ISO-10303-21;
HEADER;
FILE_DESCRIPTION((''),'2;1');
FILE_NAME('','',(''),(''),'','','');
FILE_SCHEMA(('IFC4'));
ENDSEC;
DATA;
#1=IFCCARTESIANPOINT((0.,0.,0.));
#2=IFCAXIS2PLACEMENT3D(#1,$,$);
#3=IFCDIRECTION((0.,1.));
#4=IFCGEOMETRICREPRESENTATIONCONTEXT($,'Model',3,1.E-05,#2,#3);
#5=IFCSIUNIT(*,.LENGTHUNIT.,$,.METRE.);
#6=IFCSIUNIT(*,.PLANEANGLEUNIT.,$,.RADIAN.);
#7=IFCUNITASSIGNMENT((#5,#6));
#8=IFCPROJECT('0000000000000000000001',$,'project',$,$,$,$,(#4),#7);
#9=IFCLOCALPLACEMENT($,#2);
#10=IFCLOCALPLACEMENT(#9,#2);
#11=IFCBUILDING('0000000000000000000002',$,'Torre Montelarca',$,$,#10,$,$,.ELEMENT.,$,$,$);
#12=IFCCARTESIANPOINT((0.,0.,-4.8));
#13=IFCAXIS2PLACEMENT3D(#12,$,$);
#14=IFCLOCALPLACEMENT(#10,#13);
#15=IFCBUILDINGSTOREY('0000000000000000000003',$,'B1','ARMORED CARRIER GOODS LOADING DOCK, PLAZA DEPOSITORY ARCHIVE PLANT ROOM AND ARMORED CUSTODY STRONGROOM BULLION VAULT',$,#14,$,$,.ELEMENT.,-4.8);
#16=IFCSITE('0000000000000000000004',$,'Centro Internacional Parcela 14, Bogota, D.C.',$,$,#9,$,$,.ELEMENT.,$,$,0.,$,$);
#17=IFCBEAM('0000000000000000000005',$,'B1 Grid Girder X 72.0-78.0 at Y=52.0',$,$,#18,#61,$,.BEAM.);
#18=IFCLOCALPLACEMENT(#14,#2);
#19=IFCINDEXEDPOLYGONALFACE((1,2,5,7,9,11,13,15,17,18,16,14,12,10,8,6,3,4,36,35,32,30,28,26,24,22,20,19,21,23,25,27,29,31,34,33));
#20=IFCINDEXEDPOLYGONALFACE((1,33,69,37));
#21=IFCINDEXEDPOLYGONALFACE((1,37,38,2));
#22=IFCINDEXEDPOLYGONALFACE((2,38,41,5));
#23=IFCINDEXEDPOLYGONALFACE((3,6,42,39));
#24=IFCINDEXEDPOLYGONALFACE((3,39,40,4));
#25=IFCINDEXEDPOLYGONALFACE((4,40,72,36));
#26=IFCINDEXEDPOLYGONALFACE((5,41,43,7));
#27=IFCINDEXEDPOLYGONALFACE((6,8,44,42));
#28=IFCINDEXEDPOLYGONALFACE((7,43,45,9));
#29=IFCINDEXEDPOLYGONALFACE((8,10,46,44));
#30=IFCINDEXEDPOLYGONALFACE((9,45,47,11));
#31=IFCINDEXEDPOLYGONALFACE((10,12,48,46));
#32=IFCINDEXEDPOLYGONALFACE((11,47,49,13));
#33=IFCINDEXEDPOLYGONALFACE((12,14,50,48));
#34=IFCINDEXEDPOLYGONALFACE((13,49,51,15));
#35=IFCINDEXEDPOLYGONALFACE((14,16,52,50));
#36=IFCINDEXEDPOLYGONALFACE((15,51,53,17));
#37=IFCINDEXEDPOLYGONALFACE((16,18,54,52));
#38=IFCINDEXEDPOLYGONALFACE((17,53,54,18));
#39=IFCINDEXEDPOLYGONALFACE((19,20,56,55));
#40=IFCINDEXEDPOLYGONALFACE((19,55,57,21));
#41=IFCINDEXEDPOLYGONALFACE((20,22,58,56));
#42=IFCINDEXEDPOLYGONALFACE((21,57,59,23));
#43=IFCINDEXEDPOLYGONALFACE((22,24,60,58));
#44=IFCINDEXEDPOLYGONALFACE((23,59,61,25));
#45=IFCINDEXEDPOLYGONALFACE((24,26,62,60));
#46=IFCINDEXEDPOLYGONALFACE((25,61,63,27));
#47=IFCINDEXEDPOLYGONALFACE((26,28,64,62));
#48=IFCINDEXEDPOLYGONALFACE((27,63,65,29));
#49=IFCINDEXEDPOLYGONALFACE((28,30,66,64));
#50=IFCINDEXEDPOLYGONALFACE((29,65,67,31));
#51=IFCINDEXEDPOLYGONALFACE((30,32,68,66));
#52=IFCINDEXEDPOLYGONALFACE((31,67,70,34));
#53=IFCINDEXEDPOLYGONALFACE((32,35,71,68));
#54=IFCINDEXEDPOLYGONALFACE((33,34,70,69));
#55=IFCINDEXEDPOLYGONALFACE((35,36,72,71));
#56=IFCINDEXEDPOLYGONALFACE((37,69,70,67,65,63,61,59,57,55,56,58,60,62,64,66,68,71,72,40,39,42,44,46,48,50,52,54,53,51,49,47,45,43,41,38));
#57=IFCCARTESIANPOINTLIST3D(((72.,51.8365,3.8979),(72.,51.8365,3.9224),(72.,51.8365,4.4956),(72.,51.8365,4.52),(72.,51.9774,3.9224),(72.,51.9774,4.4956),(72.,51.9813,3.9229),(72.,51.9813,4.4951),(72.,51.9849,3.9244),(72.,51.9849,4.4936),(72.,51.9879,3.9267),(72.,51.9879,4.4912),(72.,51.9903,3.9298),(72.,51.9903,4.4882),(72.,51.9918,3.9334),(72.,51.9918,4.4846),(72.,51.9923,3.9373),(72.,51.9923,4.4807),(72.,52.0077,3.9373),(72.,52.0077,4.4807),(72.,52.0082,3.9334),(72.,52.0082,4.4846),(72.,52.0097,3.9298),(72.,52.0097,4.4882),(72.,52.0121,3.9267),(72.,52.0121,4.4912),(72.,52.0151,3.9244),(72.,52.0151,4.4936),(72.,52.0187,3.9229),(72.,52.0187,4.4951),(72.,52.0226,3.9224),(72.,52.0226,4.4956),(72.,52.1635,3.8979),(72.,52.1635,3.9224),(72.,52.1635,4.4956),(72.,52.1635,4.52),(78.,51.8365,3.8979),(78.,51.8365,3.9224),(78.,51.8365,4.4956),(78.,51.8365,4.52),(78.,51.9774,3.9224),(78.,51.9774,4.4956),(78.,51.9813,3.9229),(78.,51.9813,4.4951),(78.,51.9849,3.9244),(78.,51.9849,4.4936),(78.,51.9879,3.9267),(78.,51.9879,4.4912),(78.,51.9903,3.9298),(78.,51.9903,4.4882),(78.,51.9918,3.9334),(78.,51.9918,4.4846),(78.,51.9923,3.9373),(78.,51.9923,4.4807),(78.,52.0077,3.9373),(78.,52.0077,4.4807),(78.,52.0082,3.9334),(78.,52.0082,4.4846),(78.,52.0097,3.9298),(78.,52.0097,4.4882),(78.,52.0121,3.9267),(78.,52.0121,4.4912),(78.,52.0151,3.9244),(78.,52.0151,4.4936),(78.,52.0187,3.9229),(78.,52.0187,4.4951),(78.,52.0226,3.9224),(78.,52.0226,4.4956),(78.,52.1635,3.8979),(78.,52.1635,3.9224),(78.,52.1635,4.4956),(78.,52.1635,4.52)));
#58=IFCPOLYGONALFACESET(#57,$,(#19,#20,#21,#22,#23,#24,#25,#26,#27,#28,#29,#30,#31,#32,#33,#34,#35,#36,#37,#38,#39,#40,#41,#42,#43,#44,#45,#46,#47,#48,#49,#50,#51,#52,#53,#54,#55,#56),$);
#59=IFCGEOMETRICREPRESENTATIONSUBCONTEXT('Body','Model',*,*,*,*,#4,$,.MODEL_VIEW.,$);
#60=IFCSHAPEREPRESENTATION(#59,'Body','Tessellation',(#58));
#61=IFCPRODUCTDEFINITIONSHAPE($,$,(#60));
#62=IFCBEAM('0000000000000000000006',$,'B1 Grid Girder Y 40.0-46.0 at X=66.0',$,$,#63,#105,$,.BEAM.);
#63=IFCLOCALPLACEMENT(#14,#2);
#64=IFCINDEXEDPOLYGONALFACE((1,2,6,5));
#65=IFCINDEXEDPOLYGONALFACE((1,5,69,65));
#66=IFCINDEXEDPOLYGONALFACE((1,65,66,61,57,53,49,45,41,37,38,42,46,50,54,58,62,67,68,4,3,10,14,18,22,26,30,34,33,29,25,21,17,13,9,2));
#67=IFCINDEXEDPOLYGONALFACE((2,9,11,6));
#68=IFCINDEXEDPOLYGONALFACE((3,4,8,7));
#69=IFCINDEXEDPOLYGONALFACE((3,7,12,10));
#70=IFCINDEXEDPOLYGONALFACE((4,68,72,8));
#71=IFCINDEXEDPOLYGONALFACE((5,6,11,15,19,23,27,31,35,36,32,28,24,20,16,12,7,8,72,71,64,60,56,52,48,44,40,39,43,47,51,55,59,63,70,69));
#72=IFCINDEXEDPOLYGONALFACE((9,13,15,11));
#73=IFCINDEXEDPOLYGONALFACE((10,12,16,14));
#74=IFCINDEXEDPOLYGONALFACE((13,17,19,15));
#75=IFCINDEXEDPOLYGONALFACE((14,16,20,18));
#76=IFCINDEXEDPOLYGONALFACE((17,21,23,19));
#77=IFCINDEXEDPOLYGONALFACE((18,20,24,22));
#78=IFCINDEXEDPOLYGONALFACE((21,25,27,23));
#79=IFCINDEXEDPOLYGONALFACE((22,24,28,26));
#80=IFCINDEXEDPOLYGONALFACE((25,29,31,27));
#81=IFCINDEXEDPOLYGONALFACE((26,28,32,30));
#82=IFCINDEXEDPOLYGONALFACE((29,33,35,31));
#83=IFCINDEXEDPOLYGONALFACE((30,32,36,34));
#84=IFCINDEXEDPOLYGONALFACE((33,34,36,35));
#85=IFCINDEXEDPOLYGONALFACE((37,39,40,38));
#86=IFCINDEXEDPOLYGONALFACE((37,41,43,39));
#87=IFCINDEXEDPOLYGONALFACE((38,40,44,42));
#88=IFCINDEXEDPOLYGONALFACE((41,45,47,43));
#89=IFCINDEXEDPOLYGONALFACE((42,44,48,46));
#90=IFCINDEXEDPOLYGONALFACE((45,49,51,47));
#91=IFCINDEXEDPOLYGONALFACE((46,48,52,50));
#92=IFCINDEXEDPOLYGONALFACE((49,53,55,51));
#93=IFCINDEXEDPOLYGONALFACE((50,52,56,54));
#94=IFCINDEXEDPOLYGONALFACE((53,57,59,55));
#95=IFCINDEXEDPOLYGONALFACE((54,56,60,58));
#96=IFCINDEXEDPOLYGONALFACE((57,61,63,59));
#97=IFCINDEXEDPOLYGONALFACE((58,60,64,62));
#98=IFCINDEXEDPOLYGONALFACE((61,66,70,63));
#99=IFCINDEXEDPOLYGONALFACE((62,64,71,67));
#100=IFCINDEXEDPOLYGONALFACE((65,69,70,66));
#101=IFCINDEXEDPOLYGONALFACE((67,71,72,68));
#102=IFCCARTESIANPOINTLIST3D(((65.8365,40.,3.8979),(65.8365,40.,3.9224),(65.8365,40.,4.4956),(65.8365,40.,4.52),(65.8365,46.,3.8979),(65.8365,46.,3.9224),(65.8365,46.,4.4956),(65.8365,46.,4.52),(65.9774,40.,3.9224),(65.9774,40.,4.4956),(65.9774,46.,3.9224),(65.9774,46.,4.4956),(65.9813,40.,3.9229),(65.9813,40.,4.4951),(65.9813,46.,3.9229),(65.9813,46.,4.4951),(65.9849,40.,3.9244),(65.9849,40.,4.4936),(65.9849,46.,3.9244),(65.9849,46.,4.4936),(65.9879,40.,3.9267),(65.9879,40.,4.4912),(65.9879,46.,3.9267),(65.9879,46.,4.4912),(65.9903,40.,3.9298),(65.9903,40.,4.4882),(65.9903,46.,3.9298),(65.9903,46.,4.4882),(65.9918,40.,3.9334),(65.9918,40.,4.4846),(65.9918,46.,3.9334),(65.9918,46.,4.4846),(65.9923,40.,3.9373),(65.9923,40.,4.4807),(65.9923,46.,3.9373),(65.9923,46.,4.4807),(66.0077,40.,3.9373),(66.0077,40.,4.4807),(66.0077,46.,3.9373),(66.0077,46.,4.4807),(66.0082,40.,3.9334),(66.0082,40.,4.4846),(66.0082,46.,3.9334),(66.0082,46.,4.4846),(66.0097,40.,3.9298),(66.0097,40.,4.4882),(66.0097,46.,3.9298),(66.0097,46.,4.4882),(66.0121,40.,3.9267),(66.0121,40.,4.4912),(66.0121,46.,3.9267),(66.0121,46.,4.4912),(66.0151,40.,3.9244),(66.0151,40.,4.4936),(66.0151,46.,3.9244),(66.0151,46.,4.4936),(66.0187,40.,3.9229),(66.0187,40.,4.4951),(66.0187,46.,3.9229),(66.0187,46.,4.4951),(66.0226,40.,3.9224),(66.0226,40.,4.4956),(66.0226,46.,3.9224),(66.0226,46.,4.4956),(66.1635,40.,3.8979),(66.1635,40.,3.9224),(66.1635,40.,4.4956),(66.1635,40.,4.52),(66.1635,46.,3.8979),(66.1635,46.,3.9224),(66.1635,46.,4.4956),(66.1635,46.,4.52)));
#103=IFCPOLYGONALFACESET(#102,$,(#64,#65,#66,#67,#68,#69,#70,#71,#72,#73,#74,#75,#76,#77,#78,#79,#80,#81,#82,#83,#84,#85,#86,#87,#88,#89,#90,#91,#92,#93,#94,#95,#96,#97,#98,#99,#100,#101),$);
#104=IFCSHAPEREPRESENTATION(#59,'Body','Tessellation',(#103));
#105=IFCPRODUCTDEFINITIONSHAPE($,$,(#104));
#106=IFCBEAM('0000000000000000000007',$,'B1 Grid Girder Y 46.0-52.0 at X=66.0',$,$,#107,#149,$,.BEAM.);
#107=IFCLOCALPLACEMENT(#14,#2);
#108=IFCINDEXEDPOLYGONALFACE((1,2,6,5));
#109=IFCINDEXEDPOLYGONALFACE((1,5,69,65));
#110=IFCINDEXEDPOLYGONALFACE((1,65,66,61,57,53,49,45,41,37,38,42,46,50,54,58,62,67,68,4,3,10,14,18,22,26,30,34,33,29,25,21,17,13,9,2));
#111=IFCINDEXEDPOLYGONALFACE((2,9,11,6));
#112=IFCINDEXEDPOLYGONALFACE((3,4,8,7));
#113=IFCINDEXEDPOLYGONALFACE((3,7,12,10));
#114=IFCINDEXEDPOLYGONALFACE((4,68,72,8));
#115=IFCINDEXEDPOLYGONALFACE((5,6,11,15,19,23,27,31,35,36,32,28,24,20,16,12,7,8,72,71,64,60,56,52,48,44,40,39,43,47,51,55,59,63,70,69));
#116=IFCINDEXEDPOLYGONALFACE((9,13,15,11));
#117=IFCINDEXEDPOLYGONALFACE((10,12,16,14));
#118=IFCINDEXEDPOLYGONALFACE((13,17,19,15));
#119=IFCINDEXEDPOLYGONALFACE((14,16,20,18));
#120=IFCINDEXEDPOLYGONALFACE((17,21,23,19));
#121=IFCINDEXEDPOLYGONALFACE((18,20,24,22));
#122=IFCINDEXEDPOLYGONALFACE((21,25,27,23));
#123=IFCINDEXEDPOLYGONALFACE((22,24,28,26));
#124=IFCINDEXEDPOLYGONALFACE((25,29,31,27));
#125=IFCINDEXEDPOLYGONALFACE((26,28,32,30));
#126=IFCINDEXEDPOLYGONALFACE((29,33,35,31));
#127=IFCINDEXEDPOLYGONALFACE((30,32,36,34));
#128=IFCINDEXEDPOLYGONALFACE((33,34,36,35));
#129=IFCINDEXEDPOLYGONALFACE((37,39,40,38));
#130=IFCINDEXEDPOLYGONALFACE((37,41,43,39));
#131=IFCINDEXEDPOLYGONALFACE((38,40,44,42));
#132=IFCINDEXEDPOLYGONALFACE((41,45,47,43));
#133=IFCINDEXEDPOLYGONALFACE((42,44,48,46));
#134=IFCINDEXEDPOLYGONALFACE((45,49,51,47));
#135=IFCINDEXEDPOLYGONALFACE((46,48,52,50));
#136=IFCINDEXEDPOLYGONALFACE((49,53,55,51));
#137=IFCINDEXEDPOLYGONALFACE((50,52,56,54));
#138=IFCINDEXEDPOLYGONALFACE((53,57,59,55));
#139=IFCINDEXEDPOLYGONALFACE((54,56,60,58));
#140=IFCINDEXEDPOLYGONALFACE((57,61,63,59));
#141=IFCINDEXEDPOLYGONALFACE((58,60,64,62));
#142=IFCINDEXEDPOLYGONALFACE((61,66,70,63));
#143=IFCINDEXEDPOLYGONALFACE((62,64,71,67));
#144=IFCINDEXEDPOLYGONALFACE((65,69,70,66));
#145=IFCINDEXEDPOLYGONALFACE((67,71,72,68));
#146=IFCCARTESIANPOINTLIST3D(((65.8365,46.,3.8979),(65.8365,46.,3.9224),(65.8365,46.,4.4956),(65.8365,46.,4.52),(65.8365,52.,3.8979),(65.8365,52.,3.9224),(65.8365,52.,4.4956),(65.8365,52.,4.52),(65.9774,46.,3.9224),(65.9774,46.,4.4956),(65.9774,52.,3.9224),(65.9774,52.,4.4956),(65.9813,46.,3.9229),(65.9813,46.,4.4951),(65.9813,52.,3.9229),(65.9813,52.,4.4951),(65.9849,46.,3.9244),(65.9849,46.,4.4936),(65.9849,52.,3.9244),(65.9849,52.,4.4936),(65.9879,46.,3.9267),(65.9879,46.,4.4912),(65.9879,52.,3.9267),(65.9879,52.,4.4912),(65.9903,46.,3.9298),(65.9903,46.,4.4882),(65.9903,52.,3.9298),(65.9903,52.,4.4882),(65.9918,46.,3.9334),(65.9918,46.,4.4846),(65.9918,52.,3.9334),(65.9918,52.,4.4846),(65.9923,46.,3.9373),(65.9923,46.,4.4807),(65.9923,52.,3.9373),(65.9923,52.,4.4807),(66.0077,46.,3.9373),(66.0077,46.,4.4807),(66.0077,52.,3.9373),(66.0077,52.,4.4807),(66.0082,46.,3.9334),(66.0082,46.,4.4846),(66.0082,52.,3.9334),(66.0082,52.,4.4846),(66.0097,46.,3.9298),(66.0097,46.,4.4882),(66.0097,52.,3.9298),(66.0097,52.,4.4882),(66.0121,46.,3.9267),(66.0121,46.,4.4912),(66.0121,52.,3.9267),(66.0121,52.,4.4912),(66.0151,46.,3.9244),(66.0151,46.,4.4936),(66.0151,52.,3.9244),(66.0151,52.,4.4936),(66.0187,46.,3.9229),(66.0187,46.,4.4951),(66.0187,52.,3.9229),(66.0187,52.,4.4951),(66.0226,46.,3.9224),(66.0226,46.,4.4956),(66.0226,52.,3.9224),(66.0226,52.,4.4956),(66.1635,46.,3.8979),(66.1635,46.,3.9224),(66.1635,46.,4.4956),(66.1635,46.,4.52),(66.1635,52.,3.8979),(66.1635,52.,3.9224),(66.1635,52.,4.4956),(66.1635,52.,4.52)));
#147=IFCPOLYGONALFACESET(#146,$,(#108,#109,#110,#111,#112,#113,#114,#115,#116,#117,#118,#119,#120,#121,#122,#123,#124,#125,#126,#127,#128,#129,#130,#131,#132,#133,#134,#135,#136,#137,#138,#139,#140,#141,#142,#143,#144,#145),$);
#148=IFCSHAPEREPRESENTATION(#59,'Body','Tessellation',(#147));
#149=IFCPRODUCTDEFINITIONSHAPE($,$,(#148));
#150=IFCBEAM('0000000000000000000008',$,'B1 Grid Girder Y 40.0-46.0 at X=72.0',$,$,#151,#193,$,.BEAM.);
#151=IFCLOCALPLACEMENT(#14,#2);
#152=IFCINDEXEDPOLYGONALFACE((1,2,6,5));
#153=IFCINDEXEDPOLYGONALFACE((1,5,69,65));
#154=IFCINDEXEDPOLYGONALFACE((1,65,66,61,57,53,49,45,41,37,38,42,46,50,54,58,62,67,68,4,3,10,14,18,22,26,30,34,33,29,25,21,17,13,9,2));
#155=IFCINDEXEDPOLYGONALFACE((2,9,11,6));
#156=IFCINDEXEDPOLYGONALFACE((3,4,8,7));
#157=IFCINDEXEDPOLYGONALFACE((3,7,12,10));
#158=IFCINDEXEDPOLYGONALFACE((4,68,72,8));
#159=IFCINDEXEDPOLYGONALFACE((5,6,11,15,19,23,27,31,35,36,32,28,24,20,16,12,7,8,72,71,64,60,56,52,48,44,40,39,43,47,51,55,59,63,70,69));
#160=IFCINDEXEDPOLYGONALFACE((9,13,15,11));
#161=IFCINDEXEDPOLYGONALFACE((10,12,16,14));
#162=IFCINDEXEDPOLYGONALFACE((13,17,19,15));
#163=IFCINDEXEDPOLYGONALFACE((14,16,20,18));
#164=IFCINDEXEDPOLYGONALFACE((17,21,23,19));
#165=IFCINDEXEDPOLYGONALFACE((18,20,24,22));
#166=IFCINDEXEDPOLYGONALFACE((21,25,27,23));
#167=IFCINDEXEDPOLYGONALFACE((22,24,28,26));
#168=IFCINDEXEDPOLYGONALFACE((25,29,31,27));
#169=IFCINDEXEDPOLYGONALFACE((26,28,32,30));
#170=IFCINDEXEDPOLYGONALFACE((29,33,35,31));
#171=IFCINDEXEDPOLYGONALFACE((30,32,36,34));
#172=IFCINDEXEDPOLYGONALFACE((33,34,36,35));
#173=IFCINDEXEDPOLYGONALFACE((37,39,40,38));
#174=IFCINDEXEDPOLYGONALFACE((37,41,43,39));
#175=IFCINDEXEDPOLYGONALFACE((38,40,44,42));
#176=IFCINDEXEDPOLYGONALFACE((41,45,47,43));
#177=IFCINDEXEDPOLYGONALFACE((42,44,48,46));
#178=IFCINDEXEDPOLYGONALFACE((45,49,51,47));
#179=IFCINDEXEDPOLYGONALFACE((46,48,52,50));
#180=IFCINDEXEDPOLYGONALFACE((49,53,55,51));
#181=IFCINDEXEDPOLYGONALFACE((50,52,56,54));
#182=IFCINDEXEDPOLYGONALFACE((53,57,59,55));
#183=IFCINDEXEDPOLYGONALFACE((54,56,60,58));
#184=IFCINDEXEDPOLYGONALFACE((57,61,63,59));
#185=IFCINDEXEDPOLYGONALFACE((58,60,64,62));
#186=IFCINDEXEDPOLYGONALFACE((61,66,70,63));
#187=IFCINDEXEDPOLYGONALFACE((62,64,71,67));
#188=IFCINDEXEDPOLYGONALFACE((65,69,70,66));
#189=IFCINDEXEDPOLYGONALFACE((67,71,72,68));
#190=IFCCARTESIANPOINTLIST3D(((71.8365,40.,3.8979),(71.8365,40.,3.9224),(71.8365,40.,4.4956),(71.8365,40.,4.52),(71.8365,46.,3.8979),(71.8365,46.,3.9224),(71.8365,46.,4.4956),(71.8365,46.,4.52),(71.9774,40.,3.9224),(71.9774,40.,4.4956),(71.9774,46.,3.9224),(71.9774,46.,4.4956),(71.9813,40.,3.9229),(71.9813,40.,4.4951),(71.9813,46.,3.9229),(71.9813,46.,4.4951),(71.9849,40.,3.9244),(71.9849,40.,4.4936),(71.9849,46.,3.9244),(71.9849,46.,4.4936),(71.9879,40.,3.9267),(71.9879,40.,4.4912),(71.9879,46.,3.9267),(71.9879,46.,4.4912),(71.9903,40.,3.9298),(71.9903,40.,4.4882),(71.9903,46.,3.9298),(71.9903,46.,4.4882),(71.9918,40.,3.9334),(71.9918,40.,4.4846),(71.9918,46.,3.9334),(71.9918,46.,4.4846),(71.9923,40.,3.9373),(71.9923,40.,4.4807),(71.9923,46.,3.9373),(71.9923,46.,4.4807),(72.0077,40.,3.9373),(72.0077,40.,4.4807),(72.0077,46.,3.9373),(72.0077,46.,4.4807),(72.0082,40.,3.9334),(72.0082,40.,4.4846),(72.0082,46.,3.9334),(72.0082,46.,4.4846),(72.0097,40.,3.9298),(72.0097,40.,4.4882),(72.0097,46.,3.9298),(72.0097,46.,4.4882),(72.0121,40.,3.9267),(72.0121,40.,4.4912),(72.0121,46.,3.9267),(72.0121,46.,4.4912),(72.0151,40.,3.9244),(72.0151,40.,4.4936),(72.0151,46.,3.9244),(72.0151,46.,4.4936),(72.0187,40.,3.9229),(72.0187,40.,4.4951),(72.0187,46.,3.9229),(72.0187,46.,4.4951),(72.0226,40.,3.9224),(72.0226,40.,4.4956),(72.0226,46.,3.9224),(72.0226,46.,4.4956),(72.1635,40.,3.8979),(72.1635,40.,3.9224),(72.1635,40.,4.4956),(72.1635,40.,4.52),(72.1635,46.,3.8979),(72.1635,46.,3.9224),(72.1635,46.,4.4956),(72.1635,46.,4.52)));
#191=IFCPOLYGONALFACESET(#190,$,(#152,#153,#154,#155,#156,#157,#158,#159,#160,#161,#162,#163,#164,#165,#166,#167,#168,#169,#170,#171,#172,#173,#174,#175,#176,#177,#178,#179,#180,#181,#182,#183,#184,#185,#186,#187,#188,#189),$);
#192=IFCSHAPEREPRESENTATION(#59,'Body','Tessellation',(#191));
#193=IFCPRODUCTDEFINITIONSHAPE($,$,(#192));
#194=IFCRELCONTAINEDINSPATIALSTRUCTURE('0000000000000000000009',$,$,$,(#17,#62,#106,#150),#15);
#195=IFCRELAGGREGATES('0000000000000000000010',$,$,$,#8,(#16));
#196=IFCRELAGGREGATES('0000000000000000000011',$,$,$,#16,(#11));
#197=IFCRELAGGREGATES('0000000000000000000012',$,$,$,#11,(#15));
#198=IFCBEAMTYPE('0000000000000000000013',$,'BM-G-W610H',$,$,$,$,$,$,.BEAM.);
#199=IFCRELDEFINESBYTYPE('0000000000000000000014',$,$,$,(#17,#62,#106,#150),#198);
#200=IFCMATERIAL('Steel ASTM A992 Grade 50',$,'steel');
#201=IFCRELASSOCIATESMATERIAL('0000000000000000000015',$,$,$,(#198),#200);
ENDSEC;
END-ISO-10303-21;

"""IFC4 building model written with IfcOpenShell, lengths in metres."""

from ifc_helpers import new_model, si_unit, direction, frame, origin, origin_2d, place, context, subcontext, project, spatial, i_section, extrude, source, transform, mapped, material, material_profile, profile_set, type_object, element, save


model = new_model("IFC4")

# Units and contexts
model_context = context("Model", 3, precision=1e-05, world=origin(), true_north=direction((0.0, 1.0)))
body_context = subcontext(model_context, "Body", "Model", "MODEL_VIEW")
ifc_project = project(units=[si_unit("LENGTHUNIT", "METRE"), si_unit("PLANEANGLEUNIT", "RADIAN")], contexts=[model_context])

# Site, building, storey
site_placement = place(None, origin())
site = spatial("IfcSite", under=ifc_project, at=site_placement, Name="Centro Internacional Parcela 14, Bogota, D.C.", CompositionType="ELEMENT", RefElevation=0.0)
building_placement = place(site_placement, origin())
building = spatial("IfcBuilding", under=site, at=building_placement, Name="Torre Montelarca", CompositionType="ELEMENT")
storey_placement = place(building_placement, frame((0.0, 0.0, -4.8)))
storey = spatial("IfcBuildingStorey", under=building, at=storey_placement, Name="B1", Description="ARMORED CARRIER GOODS LOADING DOCK, PLAZA DEPOSITORY ARCHIVE PLANT ROOM AND ARMORED CUSTODY STRONGROOM BULLION VAULT", CompositionType="ELEMENT", Elevation=-4.8)

# Beams
ifc_material_1 = material(Name="Steel ASTM A992 Grade 50", Category="steel")
ifc_material_profile_1 = material_profile(ifc_material_1, i_section(OverallWidth=0.3269, OverallDepth=0.6221, WebThickness=0.0154, FlangeThickness=0.0244, FilletRadius=0.0149, at=origin_2d()), Name="W610X195", Category="steel")
ifc_profile_set_1 = profile_set([ifc_material_profile_1], Name="Steel ASTM A992 Grade 50")
beam_type_1 = type_object("IfcBeamType", Name="BM-G-W610H", PredefinedType="BEAM", material=ifc_profile_set_1)
shared_shape_1 = source(origin(), body_context, "Body", "SweptSolid", [
    extrude(i_section(OverallWidth=0.3269, OverallDepth=0.6221, WebThickness=0.0154, FlangeThickness=0.0244, FilletRadius=0.0149, at=origin_2d()), origin(), (0.0, 0.0, 1.0), 6.0),
])
for number, where, z_axis, x_axis, name in (
    (1, (72.0, 52.0, 4.209), (1.0, 0.0, 0.0), (0.0, 1.0, 0.0), "B1 Grid Girder X 72.0-78.0 at Y=52.0"),
    (2, (66.0, 40.0, 4.209), (0.0, 1.0, 0.0), (-1.0, 0.0, 0.0), "B1 Grid Girder Y 40.0-46.0 at X=66.0"),
    (3, (66.0, 46.0, 4.209), (0.0, 1.0, 0.0), (-1.0, 0.0, 0.0), "B1 Grid Girder Y 46.0-52.0 at X=66.0"),
    (4, (72.0, 40.0, 4.209), (0.0, 1.0, 0.0), (-1.0, 0.0, 0.0), "B1 Grid Girder Y 40.0-46.0 at X=72.0"),
):
    element("IfcBeam", number, at=place(storey_placement, frame(where, z_axis=z_axis, x_axis=x_axis)), inside=storey, type_object=beam_type_1, Name=name, PredefinedType="BEAM", context=body_context, shape_type="MappedRepresentation", body=[
        mapped(shared_shape_1, transform((0.0, 0.0, 0.0), scale=1.0)),
    ])

save(model, "model.ifc")
